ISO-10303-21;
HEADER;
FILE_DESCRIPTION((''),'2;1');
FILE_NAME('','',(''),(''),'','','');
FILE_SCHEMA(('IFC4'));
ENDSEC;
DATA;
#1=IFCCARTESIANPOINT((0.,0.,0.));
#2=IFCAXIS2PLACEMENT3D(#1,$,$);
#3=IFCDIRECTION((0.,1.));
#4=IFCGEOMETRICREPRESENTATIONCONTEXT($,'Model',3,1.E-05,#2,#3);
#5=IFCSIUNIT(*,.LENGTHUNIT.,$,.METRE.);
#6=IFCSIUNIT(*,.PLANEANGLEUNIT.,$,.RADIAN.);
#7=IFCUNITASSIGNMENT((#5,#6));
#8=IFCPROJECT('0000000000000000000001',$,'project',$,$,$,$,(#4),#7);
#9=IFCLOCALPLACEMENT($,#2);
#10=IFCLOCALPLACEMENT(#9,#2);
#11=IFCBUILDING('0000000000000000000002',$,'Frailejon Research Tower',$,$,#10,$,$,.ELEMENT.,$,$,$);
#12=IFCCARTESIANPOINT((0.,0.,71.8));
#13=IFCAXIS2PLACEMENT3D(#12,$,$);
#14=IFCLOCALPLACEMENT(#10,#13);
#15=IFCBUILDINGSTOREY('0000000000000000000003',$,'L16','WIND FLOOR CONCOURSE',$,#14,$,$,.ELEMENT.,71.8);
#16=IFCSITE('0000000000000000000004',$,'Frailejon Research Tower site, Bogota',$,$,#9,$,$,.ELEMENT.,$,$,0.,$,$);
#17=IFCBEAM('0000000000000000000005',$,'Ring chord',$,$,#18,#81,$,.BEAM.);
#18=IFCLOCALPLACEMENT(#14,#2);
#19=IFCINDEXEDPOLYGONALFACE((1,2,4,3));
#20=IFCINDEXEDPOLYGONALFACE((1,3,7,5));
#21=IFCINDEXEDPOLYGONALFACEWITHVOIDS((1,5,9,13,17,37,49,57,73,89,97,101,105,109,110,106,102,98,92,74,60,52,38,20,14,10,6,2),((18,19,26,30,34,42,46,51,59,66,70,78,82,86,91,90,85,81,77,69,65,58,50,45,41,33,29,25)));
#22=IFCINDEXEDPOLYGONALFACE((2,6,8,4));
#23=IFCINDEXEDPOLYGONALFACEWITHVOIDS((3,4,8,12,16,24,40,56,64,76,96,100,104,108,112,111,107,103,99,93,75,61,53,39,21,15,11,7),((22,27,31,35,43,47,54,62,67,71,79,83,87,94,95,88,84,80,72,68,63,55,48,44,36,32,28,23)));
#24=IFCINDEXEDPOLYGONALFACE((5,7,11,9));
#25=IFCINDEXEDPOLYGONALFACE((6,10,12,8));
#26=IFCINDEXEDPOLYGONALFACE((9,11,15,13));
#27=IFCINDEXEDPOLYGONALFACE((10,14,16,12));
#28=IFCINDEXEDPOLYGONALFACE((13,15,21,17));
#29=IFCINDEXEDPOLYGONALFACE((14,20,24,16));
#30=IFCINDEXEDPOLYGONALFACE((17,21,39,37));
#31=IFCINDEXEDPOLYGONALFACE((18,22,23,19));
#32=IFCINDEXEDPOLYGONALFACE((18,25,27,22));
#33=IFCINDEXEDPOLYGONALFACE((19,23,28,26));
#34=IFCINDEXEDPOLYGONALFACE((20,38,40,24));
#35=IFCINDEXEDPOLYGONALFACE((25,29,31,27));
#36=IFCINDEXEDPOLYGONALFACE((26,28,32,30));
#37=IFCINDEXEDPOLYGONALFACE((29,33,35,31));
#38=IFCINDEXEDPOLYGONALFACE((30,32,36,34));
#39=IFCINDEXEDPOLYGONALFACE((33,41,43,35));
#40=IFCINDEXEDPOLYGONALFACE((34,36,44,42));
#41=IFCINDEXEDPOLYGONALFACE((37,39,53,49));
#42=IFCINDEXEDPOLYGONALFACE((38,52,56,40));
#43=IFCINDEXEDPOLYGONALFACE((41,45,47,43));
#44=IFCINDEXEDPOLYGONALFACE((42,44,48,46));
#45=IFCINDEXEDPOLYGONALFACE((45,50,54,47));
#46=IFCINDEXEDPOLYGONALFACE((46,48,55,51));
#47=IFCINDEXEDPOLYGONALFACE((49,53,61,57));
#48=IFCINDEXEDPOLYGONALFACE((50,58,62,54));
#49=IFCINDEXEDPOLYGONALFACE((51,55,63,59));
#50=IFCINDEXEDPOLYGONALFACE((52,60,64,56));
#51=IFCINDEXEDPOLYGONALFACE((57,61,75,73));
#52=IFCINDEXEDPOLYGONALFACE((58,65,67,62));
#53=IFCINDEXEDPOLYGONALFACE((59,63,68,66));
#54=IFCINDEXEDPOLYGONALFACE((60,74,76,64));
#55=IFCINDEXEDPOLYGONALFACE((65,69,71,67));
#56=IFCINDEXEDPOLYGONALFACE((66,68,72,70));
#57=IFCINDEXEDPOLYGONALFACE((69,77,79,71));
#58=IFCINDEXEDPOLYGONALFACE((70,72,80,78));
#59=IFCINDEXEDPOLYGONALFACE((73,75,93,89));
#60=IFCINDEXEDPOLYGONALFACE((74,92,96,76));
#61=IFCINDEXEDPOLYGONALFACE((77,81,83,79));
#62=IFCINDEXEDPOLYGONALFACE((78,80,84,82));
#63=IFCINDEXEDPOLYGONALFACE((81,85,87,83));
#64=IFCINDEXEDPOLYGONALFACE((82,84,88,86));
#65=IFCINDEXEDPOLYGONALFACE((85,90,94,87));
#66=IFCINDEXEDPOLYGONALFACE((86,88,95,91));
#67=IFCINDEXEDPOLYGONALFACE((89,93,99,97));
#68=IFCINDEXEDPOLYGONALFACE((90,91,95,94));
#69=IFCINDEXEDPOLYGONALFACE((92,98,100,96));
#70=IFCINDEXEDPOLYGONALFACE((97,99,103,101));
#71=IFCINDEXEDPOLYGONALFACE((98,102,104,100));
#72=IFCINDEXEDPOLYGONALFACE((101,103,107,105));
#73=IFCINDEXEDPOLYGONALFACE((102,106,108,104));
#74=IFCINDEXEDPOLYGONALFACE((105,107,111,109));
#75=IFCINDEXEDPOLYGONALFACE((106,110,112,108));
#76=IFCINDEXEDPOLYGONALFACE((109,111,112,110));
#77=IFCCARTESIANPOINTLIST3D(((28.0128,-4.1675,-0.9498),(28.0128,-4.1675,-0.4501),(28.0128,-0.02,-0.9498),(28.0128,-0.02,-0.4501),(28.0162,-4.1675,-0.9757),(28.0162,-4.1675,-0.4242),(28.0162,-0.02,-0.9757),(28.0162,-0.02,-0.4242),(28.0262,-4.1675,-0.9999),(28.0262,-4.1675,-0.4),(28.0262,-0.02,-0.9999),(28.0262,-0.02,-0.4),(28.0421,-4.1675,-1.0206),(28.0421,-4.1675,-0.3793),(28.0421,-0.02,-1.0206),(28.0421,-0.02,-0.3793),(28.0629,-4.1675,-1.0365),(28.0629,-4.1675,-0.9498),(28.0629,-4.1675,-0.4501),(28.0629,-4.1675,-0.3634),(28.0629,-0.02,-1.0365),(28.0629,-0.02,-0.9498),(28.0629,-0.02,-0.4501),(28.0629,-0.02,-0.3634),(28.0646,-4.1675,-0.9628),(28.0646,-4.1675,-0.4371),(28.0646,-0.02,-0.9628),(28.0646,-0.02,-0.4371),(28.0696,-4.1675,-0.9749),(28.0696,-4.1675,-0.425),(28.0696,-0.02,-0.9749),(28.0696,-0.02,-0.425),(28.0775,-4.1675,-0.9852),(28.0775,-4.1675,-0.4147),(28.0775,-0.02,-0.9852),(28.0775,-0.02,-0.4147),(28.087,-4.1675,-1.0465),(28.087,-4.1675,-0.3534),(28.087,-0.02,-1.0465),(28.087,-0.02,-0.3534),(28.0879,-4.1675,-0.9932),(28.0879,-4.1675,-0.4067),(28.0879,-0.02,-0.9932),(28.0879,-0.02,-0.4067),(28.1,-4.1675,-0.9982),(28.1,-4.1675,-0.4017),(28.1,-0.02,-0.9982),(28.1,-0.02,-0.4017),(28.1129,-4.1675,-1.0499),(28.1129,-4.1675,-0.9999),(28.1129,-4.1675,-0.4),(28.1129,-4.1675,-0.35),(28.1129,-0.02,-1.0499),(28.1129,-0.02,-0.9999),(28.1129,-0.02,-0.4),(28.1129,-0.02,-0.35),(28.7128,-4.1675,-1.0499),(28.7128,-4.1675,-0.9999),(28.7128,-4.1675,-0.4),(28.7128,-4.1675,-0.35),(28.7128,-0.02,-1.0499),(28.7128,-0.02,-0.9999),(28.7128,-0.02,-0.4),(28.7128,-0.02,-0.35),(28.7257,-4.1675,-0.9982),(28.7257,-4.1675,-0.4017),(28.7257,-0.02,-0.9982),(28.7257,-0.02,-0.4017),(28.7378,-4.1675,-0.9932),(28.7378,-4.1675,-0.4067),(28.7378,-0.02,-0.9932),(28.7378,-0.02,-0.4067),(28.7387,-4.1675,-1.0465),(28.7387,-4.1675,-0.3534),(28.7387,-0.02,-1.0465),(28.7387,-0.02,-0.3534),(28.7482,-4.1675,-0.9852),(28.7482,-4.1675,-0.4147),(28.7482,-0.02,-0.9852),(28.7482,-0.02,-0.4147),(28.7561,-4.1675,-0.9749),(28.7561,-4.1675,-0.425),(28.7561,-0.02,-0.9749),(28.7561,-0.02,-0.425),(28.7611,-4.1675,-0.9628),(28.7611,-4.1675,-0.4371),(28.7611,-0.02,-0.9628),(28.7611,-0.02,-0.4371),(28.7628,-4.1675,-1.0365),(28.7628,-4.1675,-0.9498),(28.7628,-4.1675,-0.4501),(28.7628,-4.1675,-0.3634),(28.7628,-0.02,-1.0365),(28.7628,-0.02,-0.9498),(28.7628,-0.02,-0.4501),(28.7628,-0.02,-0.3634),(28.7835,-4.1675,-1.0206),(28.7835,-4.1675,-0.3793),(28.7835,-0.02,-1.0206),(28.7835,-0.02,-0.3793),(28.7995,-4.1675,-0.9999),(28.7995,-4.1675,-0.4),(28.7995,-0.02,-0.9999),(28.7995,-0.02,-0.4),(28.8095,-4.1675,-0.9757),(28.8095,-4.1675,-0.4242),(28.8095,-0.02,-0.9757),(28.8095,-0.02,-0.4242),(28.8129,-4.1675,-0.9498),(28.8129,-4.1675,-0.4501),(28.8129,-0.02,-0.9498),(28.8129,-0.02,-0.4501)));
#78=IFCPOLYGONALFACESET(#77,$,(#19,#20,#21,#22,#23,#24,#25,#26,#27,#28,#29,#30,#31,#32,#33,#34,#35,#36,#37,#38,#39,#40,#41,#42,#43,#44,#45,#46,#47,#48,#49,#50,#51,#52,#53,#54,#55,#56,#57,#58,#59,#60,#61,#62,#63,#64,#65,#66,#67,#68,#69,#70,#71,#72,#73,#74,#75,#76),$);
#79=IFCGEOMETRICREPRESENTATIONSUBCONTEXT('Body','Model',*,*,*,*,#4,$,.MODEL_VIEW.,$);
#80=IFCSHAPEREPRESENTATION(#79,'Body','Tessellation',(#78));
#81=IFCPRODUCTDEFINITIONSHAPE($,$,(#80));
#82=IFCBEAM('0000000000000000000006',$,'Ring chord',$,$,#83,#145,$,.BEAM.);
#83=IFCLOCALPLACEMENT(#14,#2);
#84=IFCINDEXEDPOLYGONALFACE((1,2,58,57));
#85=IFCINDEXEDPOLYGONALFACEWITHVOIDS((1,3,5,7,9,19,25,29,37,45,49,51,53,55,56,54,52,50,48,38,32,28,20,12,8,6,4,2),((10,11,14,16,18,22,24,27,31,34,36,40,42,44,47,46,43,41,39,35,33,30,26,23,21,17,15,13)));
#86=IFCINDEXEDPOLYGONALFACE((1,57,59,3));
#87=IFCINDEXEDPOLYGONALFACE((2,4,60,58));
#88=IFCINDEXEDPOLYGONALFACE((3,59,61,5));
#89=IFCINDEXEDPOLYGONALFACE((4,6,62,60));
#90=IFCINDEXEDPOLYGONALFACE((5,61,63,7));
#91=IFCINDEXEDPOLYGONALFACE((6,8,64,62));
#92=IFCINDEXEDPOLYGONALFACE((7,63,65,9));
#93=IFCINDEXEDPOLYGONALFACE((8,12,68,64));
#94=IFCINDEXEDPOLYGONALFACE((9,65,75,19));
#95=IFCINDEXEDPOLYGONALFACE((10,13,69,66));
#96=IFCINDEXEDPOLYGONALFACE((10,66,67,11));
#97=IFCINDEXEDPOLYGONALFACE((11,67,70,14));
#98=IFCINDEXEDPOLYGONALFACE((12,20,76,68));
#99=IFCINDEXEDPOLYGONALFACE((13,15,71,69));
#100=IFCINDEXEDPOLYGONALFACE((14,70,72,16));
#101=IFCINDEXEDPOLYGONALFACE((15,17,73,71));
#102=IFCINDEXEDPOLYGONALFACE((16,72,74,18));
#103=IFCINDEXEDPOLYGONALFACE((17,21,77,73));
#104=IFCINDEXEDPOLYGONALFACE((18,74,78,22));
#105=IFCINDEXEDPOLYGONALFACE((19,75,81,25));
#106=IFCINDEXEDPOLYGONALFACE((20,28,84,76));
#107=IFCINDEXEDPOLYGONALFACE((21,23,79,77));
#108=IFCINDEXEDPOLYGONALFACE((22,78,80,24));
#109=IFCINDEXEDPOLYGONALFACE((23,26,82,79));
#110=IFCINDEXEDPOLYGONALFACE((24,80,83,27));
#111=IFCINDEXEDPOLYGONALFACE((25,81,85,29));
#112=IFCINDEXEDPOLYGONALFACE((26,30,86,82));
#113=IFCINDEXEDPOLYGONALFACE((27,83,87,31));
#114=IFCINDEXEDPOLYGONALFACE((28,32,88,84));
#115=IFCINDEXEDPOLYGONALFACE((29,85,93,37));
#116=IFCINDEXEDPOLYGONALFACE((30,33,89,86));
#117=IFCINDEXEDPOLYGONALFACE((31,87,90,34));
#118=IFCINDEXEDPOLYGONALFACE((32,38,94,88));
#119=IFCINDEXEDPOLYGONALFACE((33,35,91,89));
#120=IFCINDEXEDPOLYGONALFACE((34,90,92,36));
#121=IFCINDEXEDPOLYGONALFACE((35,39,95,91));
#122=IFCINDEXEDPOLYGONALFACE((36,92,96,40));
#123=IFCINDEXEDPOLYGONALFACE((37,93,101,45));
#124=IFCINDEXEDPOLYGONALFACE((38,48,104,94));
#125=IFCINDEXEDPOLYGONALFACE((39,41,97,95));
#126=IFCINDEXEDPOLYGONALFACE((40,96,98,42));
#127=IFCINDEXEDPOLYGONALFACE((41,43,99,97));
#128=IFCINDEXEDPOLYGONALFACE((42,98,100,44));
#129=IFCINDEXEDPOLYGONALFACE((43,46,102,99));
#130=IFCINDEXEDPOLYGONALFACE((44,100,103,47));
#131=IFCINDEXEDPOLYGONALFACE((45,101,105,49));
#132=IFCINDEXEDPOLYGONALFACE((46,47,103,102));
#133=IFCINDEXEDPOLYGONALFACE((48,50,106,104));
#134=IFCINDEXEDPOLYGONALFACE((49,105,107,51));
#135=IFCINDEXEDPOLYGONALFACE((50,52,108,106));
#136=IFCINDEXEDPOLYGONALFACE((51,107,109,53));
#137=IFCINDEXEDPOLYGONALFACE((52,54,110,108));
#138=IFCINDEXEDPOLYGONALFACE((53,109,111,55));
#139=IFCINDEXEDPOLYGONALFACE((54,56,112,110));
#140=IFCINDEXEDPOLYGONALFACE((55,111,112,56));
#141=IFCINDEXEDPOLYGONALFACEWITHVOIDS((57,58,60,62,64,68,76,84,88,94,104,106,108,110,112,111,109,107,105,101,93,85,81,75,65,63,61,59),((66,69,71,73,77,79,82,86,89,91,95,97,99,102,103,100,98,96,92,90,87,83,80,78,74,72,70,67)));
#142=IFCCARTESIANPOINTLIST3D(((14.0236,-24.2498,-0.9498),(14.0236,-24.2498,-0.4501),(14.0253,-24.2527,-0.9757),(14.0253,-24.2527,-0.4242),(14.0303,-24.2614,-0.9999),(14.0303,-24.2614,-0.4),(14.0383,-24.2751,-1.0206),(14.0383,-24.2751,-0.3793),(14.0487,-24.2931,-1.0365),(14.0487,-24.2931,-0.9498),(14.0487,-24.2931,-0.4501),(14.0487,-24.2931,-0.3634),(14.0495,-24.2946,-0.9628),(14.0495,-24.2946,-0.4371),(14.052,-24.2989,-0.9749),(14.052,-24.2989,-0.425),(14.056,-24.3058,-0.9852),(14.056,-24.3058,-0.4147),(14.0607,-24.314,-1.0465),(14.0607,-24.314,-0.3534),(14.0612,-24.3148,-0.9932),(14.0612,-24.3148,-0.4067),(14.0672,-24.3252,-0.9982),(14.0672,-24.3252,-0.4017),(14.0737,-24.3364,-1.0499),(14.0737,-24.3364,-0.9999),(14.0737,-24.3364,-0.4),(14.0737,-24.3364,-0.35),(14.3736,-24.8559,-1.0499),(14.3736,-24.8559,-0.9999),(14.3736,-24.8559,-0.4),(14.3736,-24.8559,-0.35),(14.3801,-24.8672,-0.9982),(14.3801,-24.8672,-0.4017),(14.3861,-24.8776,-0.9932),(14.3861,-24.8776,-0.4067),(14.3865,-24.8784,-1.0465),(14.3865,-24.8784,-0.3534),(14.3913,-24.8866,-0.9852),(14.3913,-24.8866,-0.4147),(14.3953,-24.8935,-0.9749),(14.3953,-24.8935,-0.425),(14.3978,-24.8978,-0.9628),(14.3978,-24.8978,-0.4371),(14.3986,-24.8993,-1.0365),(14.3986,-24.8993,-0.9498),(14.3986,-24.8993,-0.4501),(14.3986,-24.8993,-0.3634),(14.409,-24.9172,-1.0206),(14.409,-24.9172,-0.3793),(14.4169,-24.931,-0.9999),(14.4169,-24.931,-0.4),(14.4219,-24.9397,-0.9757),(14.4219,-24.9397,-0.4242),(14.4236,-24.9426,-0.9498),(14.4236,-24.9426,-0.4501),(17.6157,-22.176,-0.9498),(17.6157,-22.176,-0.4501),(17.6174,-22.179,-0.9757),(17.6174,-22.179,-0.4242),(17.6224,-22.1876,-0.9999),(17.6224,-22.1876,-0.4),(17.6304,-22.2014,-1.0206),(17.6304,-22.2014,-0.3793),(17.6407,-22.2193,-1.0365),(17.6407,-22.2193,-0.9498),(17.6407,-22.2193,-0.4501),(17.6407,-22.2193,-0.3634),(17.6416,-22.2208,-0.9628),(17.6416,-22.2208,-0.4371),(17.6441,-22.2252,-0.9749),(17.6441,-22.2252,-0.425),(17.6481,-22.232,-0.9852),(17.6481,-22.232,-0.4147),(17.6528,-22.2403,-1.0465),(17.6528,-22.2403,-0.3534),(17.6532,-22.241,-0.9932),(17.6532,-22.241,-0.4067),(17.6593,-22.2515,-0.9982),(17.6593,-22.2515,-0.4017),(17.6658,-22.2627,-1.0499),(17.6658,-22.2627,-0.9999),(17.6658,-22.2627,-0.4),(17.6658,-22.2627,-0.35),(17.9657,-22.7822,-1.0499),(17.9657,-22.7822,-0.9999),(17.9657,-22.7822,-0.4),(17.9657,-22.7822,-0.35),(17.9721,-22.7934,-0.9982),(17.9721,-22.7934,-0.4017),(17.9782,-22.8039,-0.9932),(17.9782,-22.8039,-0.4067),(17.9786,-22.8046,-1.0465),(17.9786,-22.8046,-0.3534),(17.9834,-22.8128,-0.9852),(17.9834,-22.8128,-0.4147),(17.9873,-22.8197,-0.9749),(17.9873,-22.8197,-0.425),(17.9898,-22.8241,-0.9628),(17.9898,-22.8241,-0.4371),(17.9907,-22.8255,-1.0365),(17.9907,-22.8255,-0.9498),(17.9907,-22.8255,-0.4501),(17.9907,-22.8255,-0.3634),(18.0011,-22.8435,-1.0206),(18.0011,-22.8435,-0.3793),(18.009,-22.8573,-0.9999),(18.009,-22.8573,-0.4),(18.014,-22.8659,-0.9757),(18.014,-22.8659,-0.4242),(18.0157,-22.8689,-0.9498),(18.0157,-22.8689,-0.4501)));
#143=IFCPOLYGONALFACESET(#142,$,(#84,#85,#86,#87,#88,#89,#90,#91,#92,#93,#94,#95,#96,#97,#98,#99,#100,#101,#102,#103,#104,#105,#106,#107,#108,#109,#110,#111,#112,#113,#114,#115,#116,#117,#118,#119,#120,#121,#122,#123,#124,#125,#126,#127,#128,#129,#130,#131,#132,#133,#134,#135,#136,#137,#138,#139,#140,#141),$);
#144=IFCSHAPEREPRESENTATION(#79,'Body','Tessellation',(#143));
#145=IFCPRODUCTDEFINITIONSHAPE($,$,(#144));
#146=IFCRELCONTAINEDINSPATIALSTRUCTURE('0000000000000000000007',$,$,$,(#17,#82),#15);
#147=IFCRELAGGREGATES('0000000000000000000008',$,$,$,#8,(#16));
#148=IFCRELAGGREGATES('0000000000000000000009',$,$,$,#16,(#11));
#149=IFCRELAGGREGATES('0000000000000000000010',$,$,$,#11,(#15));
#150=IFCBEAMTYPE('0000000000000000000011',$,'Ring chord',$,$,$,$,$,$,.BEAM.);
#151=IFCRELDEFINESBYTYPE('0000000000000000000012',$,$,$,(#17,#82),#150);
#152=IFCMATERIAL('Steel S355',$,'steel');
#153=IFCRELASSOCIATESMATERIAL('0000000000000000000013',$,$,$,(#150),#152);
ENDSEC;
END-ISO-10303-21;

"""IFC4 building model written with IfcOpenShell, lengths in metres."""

from ifc_helpers import new_model, si_unit, direction, frame, origin, origin_2d, place, context, subcontext, project, spatial, hollow_rectangle, extrude, material, material_profile, profile_set, type_object, element, save


model = new_model("IFC4")

# Units and contexts
model_context = context("Model", 3, precision=1e-05, world=origin(), true_north=direction((0.0, 1.0)))
body_context = subcontext(model_context, "Body", "Model", "MODEL_VIEW")
ifc_project = project(units=[si_unit("LENGTHUNIT", "METRE"), si_unit("PLANEANGLEUNIT", "RADIAN")], contexts=[model_context])

# Site, building, storey
site_placement = place(None, origin())
site = spatial("IfcSite", under=ifc_project, at=site_placement, Name="Frailejon Research Tower site, Bogota", CompositionType="ELEMENT", RefElevation=0.0)
building_placement = place(site_placement, origin())
building = spatial("IfcBuilding", under=site, at=building_placement, Name="Frailejon Research Tower", CompositionType="ELEMENT")
storey_placement = place(building_placement, frame((0.0, 0.0, 71.8)))
storey = spatial("IfcBuildingStorey", under=building, at=storey_placement, Name="L16", Description="WIND FLOOR CONCOURSE", CompositionType="ELEMENT", Elevation=71.8)

# Beams
ifc_material_1 = material(Name="Steel S355", Category="steel")
ifc_material_profile_1 = material_profile(ifc_material_1, hollow_rectangle(XDim=0.8, YDim=0.7, WallThickness=0.05, InnerFilletRadius=0.05, OuterFilletRadius=0.1001, at=origin_2d()), Name="Ring chord")
ifc_profile_set_1 = profile_set([ifc_material_profile_1], Name="Steel S355")
beam_type_1 = type_object("IfcBeamType", Name="Ring chord", PredefinedType="BEAM", material=ifc_profile_set_1)
beam_1_placement = place(storey_placement, frame((28.4128, -4.1675, -0.7), z_axis=(0.0, 1.0, 0.0), x_axis=(-1.0, 0.0, 0.0)))
element("IfcBeam", 1, at=beam_1_placement, inside=storey, type_object=beam_type_1, Name="Ring chord", PredefinedType="BEAM", context=body_context, shape_type="SweptSolid", body=[
    extrude(hollow_rectangle(XDim=0.8, YDim=0.7, WallThickness=0.05, InnerFilletRadius=0.05, OuterFilletRadius=0.1001, at=origin_2d()), origin(), (0.0, 0.0, 1.0), 4.1475),
])
beam_2_placement = place(storey_placement, frame((14.2236, -24.5962, -0.7), z_axis=(0.86604, 0.499976, 0.0), x_axis=(-0.499976, 0.86604, 0.0)))
element("IfcBeam", 2, at=beam_2_placement, inside=storey, type_object=beam_type_1, Name="Ring chord", PredefinedType="BEAM", context=body_context, shape_type="SweptSolid", body=[
    extrude(hollow_rectangle(XDim=0.8, YDim=0.7, WallThickness=0.05, InnerFilletRadius=0.05, OuterFilletRadius=0.1001, at=origin_2d()), origin(), (0.0, 0.0, 1.0), 4.1477),
])

save(model, "model.ifc")
